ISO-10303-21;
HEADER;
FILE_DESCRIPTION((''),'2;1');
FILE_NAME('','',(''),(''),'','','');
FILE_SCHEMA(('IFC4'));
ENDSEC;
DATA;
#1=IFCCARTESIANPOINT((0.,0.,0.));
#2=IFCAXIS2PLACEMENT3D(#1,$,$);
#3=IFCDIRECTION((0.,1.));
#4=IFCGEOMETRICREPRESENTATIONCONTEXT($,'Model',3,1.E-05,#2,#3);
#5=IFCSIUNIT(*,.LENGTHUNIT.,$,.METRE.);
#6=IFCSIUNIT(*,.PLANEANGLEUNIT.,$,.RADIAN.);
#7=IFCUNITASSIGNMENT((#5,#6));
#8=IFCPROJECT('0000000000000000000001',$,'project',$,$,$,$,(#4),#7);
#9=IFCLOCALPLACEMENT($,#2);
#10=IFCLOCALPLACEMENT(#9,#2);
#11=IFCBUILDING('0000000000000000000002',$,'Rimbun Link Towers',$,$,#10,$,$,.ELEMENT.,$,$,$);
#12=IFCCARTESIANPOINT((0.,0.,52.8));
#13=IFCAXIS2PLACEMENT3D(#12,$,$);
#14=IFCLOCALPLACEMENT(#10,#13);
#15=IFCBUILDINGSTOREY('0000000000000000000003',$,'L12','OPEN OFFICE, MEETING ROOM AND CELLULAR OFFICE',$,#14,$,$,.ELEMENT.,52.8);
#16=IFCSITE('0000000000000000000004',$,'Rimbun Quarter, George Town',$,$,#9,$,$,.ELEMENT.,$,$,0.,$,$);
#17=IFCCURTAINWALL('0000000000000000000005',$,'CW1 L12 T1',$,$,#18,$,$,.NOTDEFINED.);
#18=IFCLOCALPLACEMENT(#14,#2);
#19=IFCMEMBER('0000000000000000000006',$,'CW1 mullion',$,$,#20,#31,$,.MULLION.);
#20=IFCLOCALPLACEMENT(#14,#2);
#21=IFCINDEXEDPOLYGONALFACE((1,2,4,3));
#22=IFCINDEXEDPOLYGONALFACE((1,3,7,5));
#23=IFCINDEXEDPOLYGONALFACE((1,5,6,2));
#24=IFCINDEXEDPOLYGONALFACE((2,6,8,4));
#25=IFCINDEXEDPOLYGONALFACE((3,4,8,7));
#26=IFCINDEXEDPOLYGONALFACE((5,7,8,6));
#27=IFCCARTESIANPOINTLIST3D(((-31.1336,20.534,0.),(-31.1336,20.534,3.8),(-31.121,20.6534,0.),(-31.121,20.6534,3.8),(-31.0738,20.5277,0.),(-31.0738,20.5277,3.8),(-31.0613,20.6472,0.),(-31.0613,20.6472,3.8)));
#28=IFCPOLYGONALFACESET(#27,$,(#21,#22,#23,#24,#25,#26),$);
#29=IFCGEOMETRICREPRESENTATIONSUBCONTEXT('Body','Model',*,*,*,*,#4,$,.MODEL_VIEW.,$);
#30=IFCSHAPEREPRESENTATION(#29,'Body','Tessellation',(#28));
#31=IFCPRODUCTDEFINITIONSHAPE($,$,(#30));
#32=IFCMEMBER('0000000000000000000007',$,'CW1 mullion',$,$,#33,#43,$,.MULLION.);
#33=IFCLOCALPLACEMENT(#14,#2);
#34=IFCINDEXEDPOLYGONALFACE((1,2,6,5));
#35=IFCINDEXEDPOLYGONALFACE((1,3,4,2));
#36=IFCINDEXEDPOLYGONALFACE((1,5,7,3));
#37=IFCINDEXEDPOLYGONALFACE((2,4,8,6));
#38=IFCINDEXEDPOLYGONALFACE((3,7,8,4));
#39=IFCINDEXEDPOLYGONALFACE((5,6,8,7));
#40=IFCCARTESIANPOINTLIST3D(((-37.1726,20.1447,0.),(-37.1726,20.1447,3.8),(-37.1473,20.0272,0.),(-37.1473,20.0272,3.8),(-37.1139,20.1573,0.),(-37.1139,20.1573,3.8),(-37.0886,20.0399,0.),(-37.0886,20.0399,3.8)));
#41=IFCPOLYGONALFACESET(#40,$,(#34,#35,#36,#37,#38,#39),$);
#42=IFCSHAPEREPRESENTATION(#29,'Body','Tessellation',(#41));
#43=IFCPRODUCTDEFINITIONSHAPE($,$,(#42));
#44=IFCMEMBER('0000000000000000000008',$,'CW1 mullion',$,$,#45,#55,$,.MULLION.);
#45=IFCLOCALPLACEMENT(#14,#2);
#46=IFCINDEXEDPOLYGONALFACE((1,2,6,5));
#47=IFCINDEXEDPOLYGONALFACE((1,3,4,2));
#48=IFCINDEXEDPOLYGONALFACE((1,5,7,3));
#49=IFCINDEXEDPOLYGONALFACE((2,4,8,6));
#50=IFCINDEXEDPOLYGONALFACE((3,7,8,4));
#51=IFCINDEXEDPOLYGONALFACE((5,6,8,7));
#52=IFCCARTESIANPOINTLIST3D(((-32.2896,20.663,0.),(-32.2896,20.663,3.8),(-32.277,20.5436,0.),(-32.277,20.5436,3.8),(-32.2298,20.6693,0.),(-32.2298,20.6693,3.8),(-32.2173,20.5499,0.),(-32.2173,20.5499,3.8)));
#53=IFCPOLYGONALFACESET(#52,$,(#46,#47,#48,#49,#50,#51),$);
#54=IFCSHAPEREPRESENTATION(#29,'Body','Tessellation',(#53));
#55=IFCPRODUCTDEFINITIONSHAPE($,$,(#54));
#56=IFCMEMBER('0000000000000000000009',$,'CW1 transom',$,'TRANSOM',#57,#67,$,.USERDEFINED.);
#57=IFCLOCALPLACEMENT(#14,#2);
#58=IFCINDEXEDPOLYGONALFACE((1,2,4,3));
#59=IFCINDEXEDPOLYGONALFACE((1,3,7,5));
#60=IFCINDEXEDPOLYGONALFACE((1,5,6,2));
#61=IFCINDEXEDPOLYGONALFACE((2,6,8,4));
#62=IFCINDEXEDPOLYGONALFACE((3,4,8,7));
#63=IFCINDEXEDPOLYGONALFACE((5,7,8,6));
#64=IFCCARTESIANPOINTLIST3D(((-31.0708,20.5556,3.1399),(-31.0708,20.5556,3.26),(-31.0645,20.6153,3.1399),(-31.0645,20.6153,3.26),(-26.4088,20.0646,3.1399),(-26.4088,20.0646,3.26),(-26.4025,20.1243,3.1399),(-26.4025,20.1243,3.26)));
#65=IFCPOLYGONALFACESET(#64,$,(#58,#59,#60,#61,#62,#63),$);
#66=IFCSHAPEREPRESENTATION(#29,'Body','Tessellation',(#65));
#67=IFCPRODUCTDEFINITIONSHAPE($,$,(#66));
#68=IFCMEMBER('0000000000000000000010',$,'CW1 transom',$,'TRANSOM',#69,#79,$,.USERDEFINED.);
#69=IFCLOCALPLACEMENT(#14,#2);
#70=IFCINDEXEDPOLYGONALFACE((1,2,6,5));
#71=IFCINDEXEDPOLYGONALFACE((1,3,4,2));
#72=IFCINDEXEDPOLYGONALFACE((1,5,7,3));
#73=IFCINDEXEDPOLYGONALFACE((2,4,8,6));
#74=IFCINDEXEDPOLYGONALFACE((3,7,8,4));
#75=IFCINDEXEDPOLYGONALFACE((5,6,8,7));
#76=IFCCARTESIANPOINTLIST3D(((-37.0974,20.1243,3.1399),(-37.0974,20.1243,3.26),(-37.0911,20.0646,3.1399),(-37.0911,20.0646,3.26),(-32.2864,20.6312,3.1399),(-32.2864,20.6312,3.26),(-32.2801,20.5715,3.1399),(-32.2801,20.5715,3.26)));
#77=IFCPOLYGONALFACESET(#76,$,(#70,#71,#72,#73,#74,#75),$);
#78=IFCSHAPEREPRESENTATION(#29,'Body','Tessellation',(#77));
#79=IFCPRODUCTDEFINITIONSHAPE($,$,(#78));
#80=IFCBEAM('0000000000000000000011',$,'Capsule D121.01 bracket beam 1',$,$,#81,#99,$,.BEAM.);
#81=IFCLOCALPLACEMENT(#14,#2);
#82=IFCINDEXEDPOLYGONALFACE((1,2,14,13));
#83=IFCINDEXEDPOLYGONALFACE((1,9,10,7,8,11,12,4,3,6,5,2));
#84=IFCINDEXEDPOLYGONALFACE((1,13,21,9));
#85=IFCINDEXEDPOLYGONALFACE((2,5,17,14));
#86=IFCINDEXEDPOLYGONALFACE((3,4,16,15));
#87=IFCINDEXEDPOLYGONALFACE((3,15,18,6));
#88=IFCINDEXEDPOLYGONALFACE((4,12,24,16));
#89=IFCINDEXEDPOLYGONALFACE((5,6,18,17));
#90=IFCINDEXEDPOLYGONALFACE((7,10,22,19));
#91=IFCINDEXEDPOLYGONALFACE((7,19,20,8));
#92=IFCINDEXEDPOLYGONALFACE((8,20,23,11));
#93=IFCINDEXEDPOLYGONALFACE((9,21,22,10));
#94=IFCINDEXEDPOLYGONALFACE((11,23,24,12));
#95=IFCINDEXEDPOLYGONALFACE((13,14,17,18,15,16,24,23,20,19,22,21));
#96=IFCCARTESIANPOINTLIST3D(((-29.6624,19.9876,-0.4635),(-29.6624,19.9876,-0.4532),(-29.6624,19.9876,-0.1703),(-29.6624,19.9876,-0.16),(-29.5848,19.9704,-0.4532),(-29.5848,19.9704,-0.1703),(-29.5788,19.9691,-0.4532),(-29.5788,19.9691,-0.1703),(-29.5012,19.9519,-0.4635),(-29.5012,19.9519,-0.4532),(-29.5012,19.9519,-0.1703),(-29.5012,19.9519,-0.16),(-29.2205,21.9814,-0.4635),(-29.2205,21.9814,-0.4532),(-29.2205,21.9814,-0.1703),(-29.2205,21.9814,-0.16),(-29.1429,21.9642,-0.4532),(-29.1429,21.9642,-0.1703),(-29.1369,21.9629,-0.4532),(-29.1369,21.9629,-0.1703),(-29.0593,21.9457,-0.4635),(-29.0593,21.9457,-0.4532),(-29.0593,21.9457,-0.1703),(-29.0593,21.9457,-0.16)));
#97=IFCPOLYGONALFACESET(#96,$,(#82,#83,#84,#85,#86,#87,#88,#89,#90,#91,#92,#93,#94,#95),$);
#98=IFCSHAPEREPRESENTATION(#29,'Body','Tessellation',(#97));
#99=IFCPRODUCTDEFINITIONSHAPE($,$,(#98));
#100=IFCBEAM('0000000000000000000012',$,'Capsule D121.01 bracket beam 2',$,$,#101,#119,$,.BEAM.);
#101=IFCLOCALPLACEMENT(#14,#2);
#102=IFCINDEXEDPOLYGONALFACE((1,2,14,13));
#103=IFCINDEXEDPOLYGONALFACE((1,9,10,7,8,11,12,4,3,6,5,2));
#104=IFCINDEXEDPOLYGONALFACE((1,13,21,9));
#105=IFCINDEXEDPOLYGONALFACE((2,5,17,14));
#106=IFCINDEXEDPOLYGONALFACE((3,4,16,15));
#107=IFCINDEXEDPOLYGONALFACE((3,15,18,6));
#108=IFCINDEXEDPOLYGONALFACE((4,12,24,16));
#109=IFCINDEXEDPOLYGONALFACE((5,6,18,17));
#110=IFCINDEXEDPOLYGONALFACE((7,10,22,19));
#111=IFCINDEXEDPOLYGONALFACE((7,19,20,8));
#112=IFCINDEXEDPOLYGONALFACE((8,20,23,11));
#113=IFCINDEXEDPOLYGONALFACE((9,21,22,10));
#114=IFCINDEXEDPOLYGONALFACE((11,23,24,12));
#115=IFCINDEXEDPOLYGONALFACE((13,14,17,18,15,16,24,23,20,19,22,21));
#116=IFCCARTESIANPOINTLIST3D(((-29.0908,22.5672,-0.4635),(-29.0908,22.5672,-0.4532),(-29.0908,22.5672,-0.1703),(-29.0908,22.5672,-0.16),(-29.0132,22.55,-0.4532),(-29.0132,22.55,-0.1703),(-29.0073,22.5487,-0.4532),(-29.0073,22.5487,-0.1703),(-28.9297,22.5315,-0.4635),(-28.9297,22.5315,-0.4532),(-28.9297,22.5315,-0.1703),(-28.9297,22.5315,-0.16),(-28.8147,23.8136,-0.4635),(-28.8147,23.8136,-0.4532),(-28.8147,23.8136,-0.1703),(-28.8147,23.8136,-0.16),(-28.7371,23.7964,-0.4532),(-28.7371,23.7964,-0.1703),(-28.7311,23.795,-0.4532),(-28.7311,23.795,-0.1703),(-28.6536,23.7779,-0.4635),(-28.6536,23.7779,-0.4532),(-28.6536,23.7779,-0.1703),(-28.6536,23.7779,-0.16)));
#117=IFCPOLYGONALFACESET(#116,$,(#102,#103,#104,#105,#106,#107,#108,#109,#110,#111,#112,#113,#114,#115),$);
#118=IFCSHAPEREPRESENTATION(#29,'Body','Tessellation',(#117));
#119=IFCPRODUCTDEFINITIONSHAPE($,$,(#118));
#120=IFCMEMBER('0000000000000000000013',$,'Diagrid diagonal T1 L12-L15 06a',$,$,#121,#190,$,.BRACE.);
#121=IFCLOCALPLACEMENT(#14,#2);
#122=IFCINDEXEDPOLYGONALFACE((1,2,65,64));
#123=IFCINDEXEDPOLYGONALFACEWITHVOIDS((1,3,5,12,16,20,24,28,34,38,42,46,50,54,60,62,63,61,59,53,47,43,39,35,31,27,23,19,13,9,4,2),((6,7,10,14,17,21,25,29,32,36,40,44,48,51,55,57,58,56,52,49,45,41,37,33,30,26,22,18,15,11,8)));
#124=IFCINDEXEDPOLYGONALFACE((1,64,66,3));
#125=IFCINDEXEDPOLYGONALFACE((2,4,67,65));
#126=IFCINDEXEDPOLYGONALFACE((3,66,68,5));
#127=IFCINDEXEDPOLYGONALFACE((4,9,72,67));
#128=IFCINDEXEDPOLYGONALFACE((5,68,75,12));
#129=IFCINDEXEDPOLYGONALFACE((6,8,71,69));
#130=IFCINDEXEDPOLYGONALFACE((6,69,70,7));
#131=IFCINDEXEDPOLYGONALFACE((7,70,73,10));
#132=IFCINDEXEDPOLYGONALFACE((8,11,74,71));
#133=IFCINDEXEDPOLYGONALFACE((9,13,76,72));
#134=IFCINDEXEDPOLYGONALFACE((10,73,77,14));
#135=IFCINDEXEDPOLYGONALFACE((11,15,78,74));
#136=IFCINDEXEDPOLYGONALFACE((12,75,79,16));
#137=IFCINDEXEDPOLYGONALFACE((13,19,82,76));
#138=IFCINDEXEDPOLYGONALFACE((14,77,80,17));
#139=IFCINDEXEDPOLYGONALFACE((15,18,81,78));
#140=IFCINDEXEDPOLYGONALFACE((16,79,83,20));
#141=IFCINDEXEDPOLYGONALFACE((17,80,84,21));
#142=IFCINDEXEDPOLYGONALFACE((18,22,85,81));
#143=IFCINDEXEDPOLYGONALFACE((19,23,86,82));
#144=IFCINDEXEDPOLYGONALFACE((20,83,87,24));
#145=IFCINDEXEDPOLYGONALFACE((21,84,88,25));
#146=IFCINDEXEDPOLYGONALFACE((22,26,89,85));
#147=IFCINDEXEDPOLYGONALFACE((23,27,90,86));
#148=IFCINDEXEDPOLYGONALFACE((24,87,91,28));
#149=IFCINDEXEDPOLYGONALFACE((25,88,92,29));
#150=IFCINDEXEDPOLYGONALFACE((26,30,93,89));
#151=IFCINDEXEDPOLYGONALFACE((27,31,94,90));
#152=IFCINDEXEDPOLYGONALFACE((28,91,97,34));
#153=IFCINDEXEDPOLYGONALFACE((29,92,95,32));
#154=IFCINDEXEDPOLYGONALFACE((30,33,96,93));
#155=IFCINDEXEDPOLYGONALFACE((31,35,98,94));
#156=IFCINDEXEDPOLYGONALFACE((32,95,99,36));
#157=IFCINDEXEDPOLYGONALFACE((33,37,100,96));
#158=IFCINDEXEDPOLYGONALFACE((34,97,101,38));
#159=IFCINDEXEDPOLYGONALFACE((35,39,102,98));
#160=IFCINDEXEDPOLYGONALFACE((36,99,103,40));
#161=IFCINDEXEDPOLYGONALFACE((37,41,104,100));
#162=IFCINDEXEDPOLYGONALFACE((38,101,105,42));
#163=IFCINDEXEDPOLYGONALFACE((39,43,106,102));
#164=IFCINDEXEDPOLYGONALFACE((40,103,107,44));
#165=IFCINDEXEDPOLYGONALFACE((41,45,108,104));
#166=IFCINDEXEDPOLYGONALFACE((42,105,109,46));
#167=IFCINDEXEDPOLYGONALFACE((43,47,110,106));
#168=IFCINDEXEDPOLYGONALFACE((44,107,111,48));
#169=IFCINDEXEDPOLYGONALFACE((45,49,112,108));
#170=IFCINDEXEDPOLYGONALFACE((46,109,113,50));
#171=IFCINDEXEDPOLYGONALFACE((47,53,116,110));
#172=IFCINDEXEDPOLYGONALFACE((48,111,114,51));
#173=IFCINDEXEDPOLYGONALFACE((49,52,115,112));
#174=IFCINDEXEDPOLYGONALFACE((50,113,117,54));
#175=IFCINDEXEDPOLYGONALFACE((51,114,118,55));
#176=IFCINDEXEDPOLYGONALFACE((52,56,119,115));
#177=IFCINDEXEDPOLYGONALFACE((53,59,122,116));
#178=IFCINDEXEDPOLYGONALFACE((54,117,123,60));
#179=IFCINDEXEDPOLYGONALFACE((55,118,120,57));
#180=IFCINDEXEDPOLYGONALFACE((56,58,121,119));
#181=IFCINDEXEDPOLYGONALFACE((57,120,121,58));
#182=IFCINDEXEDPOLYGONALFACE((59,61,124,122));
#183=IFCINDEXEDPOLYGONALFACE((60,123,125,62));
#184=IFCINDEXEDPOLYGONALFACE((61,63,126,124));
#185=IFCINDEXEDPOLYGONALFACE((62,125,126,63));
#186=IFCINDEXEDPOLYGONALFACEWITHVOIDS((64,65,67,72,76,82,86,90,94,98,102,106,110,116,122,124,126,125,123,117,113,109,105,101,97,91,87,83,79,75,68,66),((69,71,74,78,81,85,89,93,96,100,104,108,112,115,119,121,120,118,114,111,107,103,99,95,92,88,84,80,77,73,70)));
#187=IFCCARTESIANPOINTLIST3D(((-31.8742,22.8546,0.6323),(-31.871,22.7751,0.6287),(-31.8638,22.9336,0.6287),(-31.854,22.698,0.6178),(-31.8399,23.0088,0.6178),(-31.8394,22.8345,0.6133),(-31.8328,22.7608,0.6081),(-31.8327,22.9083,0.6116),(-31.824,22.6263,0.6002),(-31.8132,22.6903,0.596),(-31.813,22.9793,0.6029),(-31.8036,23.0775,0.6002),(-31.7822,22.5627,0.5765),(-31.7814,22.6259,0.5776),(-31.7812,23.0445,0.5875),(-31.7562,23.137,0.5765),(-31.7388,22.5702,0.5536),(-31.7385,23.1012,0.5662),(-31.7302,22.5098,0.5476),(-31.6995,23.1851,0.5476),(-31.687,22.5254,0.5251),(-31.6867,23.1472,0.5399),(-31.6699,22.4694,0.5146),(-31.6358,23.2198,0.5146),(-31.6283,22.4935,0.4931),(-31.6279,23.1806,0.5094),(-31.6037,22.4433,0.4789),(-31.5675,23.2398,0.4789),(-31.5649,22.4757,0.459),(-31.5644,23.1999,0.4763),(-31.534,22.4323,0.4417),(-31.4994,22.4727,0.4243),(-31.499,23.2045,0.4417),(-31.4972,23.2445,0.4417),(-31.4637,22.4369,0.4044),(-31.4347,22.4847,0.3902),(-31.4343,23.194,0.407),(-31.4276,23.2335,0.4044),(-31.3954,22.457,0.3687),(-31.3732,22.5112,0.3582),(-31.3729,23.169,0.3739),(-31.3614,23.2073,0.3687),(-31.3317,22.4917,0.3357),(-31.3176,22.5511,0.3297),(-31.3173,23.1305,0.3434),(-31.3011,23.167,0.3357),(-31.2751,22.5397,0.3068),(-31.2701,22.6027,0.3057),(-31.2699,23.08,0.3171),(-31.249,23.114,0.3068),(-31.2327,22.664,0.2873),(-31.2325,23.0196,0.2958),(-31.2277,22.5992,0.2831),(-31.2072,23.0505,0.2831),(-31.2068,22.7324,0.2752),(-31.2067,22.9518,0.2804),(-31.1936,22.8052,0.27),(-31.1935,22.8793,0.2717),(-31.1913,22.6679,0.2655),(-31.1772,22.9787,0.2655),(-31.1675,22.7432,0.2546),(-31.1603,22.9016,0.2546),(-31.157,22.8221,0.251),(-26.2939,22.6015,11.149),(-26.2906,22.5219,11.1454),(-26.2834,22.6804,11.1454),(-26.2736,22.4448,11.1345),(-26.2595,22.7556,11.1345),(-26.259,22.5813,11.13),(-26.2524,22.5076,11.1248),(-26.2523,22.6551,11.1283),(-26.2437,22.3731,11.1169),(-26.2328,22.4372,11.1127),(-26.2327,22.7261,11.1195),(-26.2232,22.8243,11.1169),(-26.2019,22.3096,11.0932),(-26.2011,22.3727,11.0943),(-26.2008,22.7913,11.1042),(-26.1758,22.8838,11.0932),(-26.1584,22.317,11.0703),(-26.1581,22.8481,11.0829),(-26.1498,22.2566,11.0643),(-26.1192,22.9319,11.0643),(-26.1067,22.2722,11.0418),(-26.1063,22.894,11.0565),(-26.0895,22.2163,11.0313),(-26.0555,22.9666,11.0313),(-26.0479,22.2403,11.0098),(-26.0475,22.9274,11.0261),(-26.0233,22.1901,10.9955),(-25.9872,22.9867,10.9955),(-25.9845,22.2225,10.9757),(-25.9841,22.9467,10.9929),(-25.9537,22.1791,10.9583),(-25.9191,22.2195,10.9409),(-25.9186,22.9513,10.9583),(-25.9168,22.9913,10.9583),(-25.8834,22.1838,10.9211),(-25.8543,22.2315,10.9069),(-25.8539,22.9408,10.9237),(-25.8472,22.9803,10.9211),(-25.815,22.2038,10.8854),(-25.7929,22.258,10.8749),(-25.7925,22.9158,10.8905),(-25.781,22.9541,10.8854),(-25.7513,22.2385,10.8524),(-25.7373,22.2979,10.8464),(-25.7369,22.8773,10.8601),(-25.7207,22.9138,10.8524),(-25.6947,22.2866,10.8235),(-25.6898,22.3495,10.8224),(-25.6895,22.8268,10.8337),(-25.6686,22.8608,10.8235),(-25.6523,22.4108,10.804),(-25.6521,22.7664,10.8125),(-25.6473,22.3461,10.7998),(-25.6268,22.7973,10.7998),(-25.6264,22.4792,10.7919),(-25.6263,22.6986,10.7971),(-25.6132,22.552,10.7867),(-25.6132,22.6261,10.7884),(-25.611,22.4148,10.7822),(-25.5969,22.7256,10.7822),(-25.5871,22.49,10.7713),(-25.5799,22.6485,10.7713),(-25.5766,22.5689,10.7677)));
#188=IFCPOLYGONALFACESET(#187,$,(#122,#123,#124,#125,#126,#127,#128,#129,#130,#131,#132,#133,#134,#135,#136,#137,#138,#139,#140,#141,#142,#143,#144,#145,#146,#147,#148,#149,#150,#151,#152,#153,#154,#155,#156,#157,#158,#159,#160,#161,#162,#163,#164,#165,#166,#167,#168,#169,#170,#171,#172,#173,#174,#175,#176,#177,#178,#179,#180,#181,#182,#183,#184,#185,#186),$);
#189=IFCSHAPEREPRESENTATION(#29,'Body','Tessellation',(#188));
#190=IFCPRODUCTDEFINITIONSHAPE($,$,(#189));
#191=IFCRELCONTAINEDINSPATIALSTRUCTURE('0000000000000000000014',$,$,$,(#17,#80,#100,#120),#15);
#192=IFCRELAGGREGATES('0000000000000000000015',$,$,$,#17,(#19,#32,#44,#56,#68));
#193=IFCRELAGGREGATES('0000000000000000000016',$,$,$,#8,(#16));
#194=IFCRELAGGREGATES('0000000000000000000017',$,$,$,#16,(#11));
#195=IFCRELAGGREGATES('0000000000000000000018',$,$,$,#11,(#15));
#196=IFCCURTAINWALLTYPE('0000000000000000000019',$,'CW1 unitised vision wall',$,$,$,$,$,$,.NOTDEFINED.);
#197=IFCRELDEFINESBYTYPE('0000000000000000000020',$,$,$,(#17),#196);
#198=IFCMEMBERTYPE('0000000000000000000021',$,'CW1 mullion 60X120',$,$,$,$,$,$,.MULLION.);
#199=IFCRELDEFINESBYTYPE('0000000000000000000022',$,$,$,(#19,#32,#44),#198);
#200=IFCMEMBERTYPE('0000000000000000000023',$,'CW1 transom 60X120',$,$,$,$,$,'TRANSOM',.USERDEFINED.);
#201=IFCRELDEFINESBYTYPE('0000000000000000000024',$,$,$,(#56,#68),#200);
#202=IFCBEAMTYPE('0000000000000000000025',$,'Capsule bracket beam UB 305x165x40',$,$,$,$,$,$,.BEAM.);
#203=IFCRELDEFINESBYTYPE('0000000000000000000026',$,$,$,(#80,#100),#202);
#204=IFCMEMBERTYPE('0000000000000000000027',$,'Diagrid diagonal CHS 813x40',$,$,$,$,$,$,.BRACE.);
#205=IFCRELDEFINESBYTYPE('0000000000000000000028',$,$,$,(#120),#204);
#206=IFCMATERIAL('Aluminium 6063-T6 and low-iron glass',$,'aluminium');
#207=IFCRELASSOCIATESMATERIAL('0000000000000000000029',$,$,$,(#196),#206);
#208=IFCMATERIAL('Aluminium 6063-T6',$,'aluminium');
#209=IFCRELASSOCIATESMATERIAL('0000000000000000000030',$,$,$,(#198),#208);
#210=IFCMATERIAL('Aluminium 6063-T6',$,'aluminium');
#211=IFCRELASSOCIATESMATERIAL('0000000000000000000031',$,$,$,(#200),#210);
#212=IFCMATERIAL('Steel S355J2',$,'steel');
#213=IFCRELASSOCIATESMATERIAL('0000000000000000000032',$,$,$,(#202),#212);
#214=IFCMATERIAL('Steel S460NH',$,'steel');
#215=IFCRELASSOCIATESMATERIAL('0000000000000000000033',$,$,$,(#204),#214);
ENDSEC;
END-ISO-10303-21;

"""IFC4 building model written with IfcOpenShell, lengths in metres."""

from ifc_helpers import new_model, si_unit, direction, frame, origin, origin_2d, place, context, subcontext, project, spatial, rectangle, hollow_circle, i_section, extrude, material, material_profile, profile_set, type_object, element, aggregate, save


model = new_model("IFC4")

# Units and contexts
model_context = context("Model", 3, precision=1e-05, world=origin(), true_north=direction((0.0, 1.0)))
body_context = subcontext(model_context, "Body", "Model", "MODEL_VIEW")
ifc_project = project(units=[si_unit("LENGTHUNIT", "METRE"), si_unit("PLANEANGLEUNIT", "RADIAN")], contexts=[model_context])

# Site, building, storey
site_placement = place(None, origin())
site = spatial("IfcSite", under=ifc_project, at=site_placement, Name="Rimbun Quarter, George Town", CompositionType="ELEMENT", RefElevation=0.0)
building_placement = place(site_placement, origin())
building = spatial("IfcBuilding", under=site, at=building_placement, Name="Rimbun Link Towers", CompositionType="ELEMENT")
storey_placement = place(building_placement, frame((0.0, 0.0, 52.8)))
storey = spatial("IfcBuildingStorey", under=building, at=storey_placement, Name="L12", Description="OPEN OFFICE, MEETING ROOM AND CELLULAR OFFICE", CompositionType="ELEMENT", Elevation=52.8)

# Curtain wall, members
ifc_material_1 = material(Name="Aluminium 6063-T6 and low-iron glass", Category="aluminium")
curtain_wall_type = type_object("IfcCurtainWallType", Name="CW1 unitised vision wall", PredefinedType="NOTDEFINED", material=ifc_material_1)
curtain_wall_placement = place(storey_placement, origin())
curtain_wall = element("IfcCurtainWall", 1, at=curtain_wall_placement, inside=storey, type_object=curtain_wall_type, Name="CW1 L12 T1", PredefinedType="NOTDEFINED")
ifc_material_2 = material(Name="Aluminium 6063-T6", Category="aluminium")
ifc_material_profile_1 = material_profile(ifc_material_2, rectangle(XDim=0.1201, YDim=0.0601, at=origin_2d()), Name="MULLION 60X120")
ifc_profile_set_1 = profile_set([ifc_material_profile_1], Name="Aluminium 6063-T6")
member_type_1 = type_object("IfcMemberType", Name="CW1 mullion 60X120", PredefinedType="MULLION", material=ifc_profile_set_1)
member_1_placement = place(storey_placement, frame((-31.0974, 20.5906, 0.0), z_axis=(0.0, 0.0, 1.0), x_axis=(0.104748, 0.994499, 0.0)))
member_1 = element("IfcMember", 2, at=member_1_placement, type_object=member_type_1, Name="CW1 mullion", PredefinedType="MULLION", context=body_context, shape_type="SweptSolid", body=[
    extrude(rectangle(XDim=0.1201, YDim=0.0601, at=origin_2d()), origin(), (0.0, 0.0, 1.0), 3.8),
])
member_2_placement = place(storey_placement, frame((-37.1306, 20.0923, 0.0), z_axis=(0.0, 0.0, 1.0), x_axis=(-0.210874, 0.977513, 0.0)))
member_2 = element("IfcMember", 3, at=member_2_placement, type_object=member_type_1, Name="CW1 mullion", PredefinedType="MULLION", context=body_context, shape_type="SweptSolid", body=[
    extrude(rectangle(XDim=0.1201, YDim=0.0601, at=origin_2d()), origin(), (0.0, 0.0, 1.0), 3.8),
])
member_3_placement = place(storey_placement, frame((-32.2534, 20.6064, 0.0), z_axis=(0.0, 0.0, 1.0), x_axis=(-0.104748, 0.994499, 0.0)))
member_3 = element("IfcMember", 4, at=member_3_placement, type_object=member_type_1, Name="CW1 mullion", PredefinedType="MULLION", context=body_context, shape_type="SweptSolid", body=[
    extrude(rectangle(XDim=0.1201, YDim=0.0601, at=origin_2d()), origin(), (0.0, 0.0, 1.0), 3.8),
])
ifc_material_3 = material(Name="Aluminium 6063-T6", Category="aluminium")
ifc_material_profile_2 = material_profile(ifc_material_3, rectangle(XDim=0.0601, YDim=0.1201, at=origin_2d()), Name="TRANSOM 60X120")
ifc_profile_set_2 = profile_set([ifc_material_profile_2], Name="Aluminium 6063-T6")
member_type_2 = type_object("IfcMemberType", Name="CW1 transom 60X120", ElementType="TRANSOM", PredefinedType="USERDEFINED", material=ifc_profile_set_2)
member_4_placement = place(storey_placement, frame((-31.0676, 20.5854, 3.2), z_axis=(0.9945, -0.104736, 0.0), x_axis=(0.104736, 0.9945, 0.0)))
member_4 = element("IfcMember", 5, at=member_4_placement, type_object=member_type_2, Name="CW1 transom", ObjectType="TRANSOM", PredefinedType="USERDEFINED", context=body_context, shape_type="SweptSolid", body=[
    extrude(rectangle(XDim=0.0601, YDim=0.1201, at=origin_2d()), origin(), (0.0, 0.0, 1.0), 4.6877),
])
member_5_placement = place(storey_placement, frame((-37.0942, 20.0945, 3.2), z_axis=(0.994497, 0.104769, 0.0), x_axis=(-0.104769, 0.994497, 0.0)))
member_5 = element("IfcMember", 6, at=member_5_placement, type_object=member_type_2, Name="CW1 transom", ObjectType="TRANSOM", PredefinedType="USERDEFINED", context=body_context, shape_type="SweptSolid", body=[
    extrude(rectangle(XDim=0.0601, YDim=0.1201, at=origin_2d()), origin(), (0.0, 0.0, 1.0), 4.8376),
])

# Beams
ifc_material_4 = material(Name="Steel S355J2", Category="steel")
ifc_material_profile_3 = material_profile(ifc_material_4, i_section(OverallWidth=0.165, OverallDepth=0.3035, WebThickness=0.0061, FlangeThickness=0.0103, at=origin_2d()), Name="UB 305x165x40")
ifc_profile_set_3 = profile_set([ifc_material_profile_3], Name="Steel S355J2")
beam_type_1 = type_object("IfcBeamType", Name="Capsule bracket beam UB 305x165x40", PredefinedType="BEAM", material=ifc_profile_set_3)
beam_1_placement = place(storey_placement, frame((-29.5818, 19.9697, -0.3118), z_axis=(0.216373, 0.976311, 0.0), x_axis=(-0.976311, 0.216373, 0.0)))
element("IfcBeam", 7, at=beam_1_placement, inside=storey, type_object=beam_type_1, Name="Capsule D121.01 bracket beam 1", PredefinedType="BEAM", context=body_context, shape_type="SweptSolid", body=[
    extrude(i_section(OverallWidth=0.165, OverallDepth=0.3035, WebThickness=0.0061, FlangeThickness=0.0103, at=origin_2d()), origin(), (0.0, 0.0, 1.0), 2.0422),
])
beam_2_placement = place(storey_placement, frame((-29.0103, 22.5493, -0.3118), z_axis=(0.216303, 0.976326, 0.0), x_axis=(-0.976326, 0.216303, 0.0)))
element("IfcBeam", 8, at=beam_2_placement, inside=storey, type_object=beam_type_1, Name="Capsule D121.01 bracket beam 2", PredefinedType="BEAM", context=body_context, shape_type="SweptSolid", body=[
    extrude(i_section(OverallWidth=0.165, OverallDepth=0.3035, WebThickness=0.0061, FlangeThickness=0.0103, at=origin_2d()), origin(), (0.0, 0.0, 1.0), 1.2766),
])

# Member
ifc_material_5 = material(Name="Steel S460NH", Category="steel")
ifc_material_profile_4 = material_profile(ifc_material_5, hollow_circle(Radius=0.4065, WallThickness=0.04, at=origin_2d()), Name="Diagrid diagonal CHS 813x40")
ifc_profile_set_4 = profile_set([ifc_material_profile_4], Name="Steel S460NH")
member_type_3 = type_object("IfcMemberType", Name="Diagrid diagonal CHS 813x40", PredefinedType="BRACE", material=ifc_profile_set_4)
for number, where, z_axis, x_axis, name in (
    (9, (-31.5156, 22.8384, 0.4417), (0.468615, -0.021261, 0.883146), (0.045322, 0.998972, 0.0), "Diagrid diagonal T1 L12-L15 06a"),
):
    element("IfcMember", number, at=place(storey_placement, frame(where, z_axis=z_axis, x_axis=x_axis)), inside=storey, type_object=member_type_3, Name=name, PredefinedType="BRACE", context=body_context, shape_type="SweptSolid", body=[
        extrude(hollow_circle(Radius=0.4065, WallThickness=0.04, at=origin_2d()), origin(), (0.0, 0.0, 1.0), 11.9082),
    ])

aggregate(curtain_wall, [member_1, member_2, member_3, member_4, member_5])

save(model, "model.ifc")
